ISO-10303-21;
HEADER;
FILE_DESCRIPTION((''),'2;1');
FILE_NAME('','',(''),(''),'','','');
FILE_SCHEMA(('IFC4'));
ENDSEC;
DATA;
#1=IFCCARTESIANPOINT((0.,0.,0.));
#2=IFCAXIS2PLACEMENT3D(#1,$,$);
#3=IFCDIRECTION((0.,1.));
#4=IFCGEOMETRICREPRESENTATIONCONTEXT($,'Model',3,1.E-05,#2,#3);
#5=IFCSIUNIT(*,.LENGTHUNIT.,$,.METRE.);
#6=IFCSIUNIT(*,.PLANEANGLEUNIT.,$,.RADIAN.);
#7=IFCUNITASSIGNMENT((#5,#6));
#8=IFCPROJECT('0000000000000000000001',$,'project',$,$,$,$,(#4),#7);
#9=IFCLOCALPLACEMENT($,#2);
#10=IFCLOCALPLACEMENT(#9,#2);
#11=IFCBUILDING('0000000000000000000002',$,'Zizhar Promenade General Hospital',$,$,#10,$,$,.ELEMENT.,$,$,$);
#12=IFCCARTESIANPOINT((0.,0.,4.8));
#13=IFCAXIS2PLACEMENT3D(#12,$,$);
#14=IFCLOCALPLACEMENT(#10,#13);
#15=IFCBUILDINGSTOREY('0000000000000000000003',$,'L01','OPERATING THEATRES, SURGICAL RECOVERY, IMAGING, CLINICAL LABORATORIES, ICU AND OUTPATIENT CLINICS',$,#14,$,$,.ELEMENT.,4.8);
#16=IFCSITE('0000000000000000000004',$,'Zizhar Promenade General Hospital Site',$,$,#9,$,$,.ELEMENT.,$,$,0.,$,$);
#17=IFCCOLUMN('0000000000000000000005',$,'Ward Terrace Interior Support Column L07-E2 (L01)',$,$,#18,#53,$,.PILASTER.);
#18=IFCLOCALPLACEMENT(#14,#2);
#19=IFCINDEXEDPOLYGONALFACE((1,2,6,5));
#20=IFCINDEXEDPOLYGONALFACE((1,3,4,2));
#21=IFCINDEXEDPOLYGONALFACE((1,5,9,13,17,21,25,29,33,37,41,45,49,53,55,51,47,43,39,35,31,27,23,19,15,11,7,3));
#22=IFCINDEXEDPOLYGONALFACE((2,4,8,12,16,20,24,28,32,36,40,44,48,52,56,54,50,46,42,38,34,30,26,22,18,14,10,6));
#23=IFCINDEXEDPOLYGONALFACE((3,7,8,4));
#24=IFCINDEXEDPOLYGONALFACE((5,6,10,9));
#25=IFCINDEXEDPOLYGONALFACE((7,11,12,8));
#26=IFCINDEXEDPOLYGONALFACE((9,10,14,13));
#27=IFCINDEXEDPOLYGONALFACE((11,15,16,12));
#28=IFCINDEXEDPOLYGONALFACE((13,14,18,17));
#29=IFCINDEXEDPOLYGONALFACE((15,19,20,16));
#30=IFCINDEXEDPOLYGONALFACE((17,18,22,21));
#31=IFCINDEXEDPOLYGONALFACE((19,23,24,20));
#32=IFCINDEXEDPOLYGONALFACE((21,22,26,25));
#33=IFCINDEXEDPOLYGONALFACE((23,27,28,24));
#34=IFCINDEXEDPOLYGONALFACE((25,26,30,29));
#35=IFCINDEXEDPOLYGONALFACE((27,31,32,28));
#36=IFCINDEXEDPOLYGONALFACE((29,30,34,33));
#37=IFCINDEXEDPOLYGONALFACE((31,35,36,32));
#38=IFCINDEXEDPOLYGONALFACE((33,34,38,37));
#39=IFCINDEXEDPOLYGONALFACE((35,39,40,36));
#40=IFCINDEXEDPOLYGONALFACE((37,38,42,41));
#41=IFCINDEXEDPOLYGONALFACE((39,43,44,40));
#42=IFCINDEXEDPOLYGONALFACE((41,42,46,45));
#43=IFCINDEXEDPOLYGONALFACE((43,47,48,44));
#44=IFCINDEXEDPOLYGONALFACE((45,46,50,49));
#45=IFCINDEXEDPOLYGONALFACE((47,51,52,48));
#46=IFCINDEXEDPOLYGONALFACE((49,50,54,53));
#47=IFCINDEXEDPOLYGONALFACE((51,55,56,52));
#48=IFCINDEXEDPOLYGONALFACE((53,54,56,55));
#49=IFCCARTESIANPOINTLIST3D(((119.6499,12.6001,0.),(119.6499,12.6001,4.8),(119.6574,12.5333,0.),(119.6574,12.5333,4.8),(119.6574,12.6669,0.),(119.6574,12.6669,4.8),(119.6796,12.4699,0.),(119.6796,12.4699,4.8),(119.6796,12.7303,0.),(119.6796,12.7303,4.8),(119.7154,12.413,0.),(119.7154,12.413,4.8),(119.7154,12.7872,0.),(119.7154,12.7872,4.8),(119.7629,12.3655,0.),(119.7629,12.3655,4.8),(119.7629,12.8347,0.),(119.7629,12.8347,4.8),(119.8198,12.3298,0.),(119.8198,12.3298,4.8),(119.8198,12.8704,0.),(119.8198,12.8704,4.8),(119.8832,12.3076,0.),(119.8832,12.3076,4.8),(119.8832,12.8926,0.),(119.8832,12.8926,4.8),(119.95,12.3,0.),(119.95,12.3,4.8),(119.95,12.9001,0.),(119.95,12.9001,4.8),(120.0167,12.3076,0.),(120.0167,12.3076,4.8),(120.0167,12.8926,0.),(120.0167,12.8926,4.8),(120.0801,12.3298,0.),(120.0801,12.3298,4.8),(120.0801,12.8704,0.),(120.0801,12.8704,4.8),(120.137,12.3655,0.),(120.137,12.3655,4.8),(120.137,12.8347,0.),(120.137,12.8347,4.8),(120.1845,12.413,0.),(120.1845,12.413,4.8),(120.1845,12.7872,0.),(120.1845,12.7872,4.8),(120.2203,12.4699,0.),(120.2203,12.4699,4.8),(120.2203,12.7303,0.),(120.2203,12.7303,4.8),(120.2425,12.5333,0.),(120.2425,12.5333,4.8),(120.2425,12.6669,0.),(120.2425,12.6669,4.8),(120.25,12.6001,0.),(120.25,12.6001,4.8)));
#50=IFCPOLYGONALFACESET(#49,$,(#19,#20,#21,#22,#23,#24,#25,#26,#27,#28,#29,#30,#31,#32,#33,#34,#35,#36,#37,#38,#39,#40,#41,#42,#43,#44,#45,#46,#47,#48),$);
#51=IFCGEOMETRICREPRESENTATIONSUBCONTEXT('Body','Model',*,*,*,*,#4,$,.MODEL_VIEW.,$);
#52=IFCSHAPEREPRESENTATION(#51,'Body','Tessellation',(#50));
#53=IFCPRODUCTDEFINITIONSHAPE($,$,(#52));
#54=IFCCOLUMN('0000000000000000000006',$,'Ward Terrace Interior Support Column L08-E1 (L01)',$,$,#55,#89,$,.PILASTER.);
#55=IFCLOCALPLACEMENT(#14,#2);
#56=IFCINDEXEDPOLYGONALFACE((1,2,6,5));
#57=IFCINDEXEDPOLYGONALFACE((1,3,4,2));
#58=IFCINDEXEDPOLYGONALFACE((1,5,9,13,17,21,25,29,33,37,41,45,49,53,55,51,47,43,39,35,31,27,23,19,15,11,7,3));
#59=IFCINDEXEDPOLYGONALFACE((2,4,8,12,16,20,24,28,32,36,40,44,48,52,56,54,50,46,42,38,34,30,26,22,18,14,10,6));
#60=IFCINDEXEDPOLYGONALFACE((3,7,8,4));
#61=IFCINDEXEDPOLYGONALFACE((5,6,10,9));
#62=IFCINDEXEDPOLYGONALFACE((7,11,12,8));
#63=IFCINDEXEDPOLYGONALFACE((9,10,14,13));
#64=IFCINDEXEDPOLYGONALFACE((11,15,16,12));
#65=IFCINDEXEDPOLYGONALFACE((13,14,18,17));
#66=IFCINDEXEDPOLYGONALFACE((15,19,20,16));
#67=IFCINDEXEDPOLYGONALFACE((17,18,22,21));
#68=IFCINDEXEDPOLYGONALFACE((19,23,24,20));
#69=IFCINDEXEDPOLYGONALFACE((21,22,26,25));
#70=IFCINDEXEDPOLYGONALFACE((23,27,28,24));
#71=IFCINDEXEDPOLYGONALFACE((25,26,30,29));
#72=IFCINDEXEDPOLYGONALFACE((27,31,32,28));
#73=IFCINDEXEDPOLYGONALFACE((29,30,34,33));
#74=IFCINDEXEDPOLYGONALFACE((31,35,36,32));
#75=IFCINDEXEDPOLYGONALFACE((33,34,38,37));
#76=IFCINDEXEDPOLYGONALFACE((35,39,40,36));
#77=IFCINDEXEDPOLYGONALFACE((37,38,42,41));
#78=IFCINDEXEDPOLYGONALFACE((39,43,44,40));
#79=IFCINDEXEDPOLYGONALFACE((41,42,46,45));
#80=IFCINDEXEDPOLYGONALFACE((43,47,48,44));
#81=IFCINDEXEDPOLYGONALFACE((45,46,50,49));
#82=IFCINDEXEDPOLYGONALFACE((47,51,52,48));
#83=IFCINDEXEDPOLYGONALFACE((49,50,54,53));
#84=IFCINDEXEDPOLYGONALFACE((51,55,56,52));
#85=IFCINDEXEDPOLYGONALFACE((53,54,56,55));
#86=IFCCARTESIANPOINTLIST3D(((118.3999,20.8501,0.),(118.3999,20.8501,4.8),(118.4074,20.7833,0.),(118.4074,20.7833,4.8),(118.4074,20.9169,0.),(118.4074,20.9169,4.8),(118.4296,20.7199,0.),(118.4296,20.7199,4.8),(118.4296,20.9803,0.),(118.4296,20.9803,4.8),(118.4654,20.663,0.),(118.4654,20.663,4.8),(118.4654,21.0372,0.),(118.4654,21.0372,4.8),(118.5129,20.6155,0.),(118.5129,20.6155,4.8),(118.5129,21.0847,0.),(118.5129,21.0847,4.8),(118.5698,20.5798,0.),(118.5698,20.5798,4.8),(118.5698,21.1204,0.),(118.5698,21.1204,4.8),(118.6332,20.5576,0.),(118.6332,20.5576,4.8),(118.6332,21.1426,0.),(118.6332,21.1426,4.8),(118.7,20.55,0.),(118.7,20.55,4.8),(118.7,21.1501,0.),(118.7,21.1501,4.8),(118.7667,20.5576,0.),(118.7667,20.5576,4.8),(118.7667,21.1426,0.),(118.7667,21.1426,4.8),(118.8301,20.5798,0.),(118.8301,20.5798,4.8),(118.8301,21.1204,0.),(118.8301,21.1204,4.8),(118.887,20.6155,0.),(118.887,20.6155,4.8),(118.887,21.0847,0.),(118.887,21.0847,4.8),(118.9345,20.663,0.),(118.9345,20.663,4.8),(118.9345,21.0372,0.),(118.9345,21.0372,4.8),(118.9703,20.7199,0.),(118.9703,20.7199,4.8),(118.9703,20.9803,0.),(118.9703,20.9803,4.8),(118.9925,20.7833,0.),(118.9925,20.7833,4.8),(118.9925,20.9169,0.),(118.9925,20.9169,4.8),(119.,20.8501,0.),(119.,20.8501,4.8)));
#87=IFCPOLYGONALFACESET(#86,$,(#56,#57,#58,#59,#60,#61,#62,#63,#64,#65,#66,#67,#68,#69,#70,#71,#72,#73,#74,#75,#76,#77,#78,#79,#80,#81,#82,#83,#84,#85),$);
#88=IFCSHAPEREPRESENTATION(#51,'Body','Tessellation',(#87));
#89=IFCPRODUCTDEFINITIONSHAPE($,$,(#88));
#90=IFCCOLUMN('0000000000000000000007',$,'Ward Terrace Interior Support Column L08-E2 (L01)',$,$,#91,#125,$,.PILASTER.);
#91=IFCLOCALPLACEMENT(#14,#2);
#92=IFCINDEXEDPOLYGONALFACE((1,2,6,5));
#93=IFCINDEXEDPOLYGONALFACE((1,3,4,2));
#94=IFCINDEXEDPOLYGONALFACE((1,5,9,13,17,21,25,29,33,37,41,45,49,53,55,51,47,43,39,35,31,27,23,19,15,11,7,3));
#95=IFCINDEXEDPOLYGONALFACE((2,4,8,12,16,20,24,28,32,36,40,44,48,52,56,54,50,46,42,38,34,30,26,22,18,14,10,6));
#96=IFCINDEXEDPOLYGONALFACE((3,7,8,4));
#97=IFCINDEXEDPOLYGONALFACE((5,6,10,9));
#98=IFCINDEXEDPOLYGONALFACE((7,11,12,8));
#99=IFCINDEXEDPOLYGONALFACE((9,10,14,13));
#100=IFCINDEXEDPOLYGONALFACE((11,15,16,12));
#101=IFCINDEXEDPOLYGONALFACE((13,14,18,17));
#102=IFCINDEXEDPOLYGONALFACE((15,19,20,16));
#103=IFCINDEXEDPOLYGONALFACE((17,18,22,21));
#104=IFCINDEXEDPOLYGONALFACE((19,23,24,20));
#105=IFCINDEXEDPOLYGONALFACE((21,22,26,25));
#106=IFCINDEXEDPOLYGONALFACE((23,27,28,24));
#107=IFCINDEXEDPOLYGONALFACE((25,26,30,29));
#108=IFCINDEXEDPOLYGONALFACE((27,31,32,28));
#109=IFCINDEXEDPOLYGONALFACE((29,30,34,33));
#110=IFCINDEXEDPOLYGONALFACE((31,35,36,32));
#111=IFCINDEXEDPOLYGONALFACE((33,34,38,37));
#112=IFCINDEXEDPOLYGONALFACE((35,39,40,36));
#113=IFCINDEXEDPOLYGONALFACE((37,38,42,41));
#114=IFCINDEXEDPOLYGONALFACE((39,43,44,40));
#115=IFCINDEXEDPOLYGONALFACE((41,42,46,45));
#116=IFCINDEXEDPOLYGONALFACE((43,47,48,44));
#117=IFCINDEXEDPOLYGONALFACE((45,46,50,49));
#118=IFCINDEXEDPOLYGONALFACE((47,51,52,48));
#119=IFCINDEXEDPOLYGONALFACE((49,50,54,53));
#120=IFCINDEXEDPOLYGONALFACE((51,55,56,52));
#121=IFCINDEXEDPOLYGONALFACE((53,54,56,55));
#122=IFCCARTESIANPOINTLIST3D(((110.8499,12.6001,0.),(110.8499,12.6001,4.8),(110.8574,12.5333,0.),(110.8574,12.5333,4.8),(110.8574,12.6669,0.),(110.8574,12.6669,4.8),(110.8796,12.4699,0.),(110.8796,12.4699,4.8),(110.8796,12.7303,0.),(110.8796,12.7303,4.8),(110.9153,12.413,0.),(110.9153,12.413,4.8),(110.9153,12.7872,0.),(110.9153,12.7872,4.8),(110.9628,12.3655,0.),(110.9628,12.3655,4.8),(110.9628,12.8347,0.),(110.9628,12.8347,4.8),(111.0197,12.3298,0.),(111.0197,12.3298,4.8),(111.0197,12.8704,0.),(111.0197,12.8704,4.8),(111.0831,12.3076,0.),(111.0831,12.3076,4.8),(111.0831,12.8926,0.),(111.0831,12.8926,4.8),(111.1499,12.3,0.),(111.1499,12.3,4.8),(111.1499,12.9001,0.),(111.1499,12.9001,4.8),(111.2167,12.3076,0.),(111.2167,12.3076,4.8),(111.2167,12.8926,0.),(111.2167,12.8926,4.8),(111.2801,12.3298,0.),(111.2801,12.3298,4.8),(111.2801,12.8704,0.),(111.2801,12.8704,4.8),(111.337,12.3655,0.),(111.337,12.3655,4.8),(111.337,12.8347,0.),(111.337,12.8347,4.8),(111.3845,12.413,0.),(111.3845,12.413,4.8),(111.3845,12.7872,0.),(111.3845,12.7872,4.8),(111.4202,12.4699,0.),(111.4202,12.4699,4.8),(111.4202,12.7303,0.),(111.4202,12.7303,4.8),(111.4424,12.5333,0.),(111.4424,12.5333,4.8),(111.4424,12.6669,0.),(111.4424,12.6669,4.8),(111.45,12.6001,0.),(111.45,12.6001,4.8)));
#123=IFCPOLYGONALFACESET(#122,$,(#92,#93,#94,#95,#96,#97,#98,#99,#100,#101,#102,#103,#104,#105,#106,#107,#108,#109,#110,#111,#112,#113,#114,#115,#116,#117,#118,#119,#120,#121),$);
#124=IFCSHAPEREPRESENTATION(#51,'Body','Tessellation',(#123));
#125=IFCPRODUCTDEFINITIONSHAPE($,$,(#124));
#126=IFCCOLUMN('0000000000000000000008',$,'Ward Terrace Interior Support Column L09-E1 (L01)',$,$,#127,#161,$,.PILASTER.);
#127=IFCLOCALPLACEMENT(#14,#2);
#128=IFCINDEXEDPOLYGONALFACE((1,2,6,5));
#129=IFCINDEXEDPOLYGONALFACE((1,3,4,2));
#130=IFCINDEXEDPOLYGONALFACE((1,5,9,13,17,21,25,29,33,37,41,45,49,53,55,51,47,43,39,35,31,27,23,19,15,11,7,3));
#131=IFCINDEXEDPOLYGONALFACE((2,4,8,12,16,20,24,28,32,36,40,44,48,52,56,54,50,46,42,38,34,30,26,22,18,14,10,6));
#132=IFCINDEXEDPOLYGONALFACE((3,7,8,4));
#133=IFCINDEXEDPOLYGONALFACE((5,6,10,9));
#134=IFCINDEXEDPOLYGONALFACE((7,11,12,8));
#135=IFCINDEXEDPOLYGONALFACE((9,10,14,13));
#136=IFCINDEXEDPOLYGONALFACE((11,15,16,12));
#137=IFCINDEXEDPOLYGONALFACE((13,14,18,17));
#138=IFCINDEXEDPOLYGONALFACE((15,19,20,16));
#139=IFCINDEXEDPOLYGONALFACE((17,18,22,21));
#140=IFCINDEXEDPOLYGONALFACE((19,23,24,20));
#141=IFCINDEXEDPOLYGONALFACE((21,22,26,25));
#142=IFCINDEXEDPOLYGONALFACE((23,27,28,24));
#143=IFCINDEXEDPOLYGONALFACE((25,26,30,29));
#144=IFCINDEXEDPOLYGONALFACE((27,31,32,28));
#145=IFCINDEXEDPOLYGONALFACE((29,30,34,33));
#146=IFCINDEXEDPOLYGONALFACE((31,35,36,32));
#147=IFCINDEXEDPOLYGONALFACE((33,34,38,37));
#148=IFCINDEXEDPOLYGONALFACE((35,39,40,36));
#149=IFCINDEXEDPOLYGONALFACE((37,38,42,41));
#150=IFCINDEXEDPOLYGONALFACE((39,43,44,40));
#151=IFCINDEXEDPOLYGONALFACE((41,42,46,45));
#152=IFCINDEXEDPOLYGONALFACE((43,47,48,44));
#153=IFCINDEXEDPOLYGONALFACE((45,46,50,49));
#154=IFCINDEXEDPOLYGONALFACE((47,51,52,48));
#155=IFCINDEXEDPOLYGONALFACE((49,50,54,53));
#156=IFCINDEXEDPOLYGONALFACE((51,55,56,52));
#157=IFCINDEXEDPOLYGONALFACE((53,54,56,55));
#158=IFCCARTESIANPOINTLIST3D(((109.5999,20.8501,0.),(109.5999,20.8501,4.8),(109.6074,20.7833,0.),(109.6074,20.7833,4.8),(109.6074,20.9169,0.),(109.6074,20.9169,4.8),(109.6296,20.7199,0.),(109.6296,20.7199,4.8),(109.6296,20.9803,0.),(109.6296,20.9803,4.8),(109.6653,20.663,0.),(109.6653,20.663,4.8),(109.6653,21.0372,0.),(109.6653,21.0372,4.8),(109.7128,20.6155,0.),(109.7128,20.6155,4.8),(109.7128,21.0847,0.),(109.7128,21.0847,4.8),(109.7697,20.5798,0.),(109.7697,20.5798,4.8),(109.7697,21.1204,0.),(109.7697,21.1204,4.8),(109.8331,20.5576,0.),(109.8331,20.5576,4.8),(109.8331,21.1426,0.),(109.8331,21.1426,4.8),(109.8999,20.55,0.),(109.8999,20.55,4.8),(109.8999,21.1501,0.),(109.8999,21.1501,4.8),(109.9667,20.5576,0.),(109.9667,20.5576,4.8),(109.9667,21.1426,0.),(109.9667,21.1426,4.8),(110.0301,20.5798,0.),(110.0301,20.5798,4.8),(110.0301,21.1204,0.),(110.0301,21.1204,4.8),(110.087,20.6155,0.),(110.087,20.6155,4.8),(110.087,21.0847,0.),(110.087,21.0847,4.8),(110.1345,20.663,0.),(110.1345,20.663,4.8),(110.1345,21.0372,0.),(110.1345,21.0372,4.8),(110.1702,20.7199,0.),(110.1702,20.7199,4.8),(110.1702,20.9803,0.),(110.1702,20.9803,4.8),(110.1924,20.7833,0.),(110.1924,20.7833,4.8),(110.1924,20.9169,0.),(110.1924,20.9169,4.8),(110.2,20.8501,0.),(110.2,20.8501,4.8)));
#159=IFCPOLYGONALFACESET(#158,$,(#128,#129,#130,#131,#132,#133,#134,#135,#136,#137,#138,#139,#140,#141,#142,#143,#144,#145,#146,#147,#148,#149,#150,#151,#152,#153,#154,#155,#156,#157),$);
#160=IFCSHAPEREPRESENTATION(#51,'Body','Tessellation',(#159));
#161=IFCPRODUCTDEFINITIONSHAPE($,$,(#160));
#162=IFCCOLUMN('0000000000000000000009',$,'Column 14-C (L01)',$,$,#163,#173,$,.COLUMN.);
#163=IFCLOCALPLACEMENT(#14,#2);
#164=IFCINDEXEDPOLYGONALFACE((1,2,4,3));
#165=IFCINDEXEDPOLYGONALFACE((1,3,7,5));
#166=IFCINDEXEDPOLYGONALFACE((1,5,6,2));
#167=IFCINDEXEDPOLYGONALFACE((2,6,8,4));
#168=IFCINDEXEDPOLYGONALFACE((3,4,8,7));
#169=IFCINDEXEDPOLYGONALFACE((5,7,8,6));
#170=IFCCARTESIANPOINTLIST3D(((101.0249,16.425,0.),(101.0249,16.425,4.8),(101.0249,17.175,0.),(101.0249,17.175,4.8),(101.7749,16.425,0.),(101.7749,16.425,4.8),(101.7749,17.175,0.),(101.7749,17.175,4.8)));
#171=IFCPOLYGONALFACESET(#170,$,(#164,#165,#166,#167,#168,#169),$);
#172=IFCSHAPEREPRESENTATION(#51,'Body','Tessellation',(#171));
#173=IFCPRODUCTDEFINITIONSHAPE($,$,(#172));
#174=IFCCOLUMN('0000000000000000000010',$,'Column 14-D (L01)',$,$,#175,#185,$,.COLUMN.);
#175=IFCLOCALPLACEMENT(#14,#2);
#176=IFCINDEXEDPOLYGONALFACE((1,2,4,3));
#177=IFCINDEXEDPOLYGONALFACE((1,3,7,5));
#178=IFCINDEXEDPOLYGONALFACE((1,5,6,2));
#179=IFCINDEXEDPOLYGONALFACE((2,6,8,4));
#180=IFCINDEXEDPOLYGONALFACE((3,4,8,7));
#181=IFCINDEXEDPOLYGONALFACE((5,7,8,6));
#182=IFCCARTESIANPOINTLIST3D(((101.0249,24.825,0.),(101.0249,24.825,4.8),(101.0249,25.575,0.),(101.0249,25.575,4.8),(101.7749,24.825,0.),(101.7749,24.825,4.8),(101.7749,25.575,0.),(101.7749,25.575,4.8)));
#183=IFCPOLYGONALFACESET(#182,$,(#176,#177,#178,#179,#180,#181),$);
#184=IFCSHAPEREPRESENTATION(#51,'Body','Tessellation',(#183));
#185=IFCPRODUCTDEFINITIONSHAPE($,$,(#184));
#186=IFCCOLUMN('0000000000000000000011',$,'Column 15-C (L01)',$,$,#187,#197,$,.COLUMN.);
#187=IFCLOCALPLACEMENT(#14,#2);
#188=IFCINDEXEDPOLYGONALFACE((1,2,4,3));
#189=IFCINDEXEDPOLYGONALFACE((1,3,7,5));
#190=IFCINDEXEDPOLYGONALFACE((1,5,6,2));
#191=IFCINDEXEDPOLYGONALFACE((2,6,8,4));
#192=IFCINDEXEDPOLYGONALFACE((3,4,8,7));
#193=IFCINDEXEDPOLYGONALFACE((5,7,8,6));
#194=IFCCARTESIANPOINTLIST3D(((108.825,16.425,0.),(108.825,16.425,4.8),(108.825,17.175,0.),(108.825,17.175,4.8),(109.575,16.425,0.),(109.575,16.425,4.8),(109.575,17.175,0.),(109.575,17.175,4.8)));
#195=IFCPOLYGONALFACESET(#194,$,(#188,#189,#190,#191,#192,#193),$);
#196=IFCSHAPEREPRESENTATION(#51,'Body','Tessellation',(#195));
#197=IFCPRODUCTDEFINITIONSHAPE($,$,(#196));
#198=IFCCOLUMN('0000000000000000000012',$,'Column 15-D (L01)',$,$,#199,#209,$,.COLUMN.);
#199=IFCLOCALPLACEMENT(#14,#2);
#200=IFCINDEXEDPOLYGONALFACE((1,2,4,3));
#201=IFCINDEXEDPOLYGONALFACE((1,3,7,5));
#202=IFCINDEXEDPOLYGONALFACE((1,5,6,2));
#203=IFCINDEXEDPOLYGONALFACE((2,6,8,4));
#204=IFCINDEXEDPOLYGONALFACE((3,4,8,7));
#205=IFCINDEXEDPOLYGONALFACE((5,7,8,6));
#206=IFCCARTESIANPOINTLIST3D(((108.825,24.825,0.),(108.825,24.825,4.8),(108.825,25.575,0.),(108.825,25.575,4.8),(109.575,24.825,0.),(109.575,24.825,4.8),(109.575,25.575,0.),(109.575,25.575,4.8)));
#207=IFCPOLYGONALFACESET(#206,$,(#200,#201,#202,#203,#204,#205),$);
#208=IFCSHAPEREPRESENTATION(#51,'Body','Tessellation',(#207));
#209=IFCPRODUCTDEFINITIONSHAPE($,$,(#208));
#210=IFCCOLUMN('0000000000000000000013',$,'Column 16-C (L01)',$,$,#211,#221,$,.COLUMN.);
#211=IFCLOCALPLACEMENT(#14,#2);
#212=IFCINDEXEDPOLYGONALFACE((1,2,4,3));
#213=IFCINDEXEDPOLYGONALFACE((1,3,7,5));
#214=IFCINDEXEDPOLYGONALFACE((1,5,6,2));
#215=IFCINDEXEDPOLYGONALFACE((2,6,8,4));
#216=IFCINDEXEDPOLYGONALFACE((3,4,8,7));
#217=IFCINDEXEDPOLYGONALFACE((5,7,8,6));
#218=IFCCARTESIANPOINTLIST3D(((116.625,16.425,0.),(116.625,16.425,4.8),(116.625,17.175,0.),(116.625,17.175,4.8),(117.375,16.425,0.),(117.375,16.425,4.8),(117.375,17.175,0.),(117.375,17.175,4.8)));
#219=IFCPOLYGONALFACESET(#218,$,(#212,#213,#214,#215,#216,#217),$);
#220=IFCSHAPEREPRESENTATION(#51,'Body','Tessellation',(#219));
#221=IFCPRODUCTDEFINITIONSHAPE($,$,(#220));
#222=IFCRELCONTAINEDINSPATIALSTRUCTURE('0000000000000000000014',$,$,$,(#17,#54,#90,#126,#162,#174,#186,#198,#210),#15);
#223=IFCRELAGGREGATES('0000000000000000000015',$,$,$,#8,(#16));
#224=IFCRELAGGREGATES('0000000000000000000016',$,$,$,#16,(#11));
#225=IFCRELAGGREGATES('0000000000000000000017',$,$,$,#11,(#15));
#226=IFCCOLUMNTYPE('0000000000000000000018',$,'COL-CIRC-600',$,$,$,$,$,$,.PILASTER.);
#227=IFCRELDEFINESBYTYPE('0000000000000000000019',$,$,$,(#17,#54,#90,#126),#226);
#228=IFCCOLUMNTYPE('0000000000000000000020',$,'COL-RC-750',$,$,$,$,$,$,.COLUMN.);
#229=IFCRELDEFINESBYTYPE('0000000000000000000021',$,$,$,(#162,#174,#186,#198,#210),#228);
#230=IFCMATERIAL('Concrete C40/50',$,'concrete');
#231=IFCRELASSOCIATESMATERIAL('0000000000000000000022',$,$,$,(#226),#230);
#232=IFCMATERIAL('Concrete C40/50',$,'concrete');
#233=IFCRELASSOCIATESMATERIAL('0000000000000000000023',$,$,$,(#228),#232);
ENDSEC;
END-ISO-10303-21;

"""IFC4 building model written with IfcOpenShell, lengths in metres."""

from ifc_helpers import new_model, si_unit, direction, frame, origin, origin_2d, place, context, subcontext, project, spatial, rectangle, circle, extrude, material, material_profile, profile_set, type_object, element, save


model = new_model("IFC4")

# Units and contexts
model_context = context("Model", 3, precision=1e-05, world=origin(), true_north=direction((0.0, 1.0)))
body_context = subcontext(model_context, "Body", "Model", "MODEL_VIEW")
ifc_project = project(units=[si_unit("LENGTHUNIT", "METRE"), si_unit("PLANEANGLEUNIT", "RADIAN")], contexts=[model_context])

# Site, building, storey
site_placement = place(None, origin())
site = spatial("IfcSite", under=ifc_project, at=site_placement, Name="Zizhar Promenade General Hospital Site", CompositionType="ELEMENT", RefElevation=0.0)
building_placement = place(site_placement, origin())
building = spatial("IfcBuilding", under=site, at=building_placement, Name="Zizhar Promenade General Hospital", CompositionType="ELEMENT")
storey_placement = place(building_placement, frame((0.0, 0.0, 4.8)))
storey = spatial("IfcBuildingStorey", under=building, at=storey_placement, Name="L01", Description="OPERATING THEATRES, SURGICAL RECOVERY, IMAGING, CLINICAL LABORATORIES, ICU AND OUTPATIENT CLINICS", CompositionType="ELEMENT", Elevation=4.8)

# Columns
ifc_material_1 = material(Name="Concrete C40/50", Category="concrete")
ifc_material_profile_1 = material_profile(ifc_material_1, circle(Radius=0.3, at=origin_2d()))
ifc_profile_set_1 = profile_set([ifc_material_profile_1], Name="Concrete C40/50")
column_type_1 = type_object("IfcColumnType", Name="COL-CIRC-600", PredefinedType="PILASTER", material=ifc_profile_set_1)
for number, where, z_axis, x_axis, name in (
    (1, (119.95, 12.6001, 0.0), (0.0, 0.0, 1.0), (1.0, 0.0, 0.0), "Ward Terrace Interior Support Column L07-E2 (L01)"),
    (2, (118.7, 20.8501, 0.0), (0.0, 0.0, 1.0), (1.0, 0.0, 0.0), "Ward Terrace Interior Support Column L08-E1 (L01)"),
    (3, (111.1499, 12.6001, 0.0), (0.0, 0.0, 1.0), (1.0, 0.0, 0.0), "Ward Terrace Interior Support Column L08-E2 (L01)"),
    (4, (109.8999, 20.8501, 0.0), (0.0, 0.0, 1.0), (1.0, 0.0, 0.0), "Ward Terrace Interior Support Column L09-E1 (L01)"),
):
    element("IfcColumn", number, at=place(storey_placement, frame(where, z_axis=z_axis, x_axis=x_axis)), inside=storey, type_object=column_type_1, Name=name, PredefinedType="PILASTER", context=body_context, shape_type="SweptSolid", body=[
        extrude(circle(Radius=0.3, at=origin_2d()), origin(), (0.0, 0.0, 1.0), 4.8),
    ])
ifc_material_2 = material(Name="Concrete C40/50", Category="concrete")
ifc_material_profile_2 = material_profile(ifc_material_2, rectangle(XDim=0.75, YDim=0.75, at=origin_2d()))
ifc_profile_set_2 = profile_set([ifc_material_profile_2], Name="Concrete C40/50")
column_type_2 = type_object("IfcColumnType", Name="COL-RC-750", PredefinedType="COLUMN", material=ifc_profile_set_2)
for number, where, z_axis, x_axis, name in (
    (5, (101.3999, 16.8, 0.0), (0.0, 0.0, 1.0), (1.0, 0.0, 0.0), "Column 14-C (L01)"),
    (6, (101.3999, 25.2, 0.0), (0.0, 0.0, 1.0), (1.0, 0.0, 0.0), "Column 14-D (L01)"),
    (7, (109.2, 16.8, 0.0), (0.0, 0.0, 1.0), (1.0, 0.0, 0.0), "Column 15-C (L01)"),
    (8, (109.2, 25.2, 0.0), (0.0, 0.0, 1.0), (1.0, 0.0, 0.0), "Column 15-D (L01)"),
    (9, (117.0, 16.8, 0.0), (0.0, 0.0, 1.0), (1.0, 0.0, 0.0), "Column 16-C (L01)"),
):
    element("IfcColumn", number, at=place(storey_placement, frame(where, z_axis=z_axis, x_axis=x_axis)), inside=storey, type_object=column_type_2, Name=name, PredefinedType="COLUMN", context=body_context, shape_type="SweptSolid", body=[
        extrude(rectangle(XDim=0.75, YDim=0.75, at=origin_2d()), origin(), (0.0, 0.0, 1.0), 4.8),
    ])

save(model, "model.ifc")
